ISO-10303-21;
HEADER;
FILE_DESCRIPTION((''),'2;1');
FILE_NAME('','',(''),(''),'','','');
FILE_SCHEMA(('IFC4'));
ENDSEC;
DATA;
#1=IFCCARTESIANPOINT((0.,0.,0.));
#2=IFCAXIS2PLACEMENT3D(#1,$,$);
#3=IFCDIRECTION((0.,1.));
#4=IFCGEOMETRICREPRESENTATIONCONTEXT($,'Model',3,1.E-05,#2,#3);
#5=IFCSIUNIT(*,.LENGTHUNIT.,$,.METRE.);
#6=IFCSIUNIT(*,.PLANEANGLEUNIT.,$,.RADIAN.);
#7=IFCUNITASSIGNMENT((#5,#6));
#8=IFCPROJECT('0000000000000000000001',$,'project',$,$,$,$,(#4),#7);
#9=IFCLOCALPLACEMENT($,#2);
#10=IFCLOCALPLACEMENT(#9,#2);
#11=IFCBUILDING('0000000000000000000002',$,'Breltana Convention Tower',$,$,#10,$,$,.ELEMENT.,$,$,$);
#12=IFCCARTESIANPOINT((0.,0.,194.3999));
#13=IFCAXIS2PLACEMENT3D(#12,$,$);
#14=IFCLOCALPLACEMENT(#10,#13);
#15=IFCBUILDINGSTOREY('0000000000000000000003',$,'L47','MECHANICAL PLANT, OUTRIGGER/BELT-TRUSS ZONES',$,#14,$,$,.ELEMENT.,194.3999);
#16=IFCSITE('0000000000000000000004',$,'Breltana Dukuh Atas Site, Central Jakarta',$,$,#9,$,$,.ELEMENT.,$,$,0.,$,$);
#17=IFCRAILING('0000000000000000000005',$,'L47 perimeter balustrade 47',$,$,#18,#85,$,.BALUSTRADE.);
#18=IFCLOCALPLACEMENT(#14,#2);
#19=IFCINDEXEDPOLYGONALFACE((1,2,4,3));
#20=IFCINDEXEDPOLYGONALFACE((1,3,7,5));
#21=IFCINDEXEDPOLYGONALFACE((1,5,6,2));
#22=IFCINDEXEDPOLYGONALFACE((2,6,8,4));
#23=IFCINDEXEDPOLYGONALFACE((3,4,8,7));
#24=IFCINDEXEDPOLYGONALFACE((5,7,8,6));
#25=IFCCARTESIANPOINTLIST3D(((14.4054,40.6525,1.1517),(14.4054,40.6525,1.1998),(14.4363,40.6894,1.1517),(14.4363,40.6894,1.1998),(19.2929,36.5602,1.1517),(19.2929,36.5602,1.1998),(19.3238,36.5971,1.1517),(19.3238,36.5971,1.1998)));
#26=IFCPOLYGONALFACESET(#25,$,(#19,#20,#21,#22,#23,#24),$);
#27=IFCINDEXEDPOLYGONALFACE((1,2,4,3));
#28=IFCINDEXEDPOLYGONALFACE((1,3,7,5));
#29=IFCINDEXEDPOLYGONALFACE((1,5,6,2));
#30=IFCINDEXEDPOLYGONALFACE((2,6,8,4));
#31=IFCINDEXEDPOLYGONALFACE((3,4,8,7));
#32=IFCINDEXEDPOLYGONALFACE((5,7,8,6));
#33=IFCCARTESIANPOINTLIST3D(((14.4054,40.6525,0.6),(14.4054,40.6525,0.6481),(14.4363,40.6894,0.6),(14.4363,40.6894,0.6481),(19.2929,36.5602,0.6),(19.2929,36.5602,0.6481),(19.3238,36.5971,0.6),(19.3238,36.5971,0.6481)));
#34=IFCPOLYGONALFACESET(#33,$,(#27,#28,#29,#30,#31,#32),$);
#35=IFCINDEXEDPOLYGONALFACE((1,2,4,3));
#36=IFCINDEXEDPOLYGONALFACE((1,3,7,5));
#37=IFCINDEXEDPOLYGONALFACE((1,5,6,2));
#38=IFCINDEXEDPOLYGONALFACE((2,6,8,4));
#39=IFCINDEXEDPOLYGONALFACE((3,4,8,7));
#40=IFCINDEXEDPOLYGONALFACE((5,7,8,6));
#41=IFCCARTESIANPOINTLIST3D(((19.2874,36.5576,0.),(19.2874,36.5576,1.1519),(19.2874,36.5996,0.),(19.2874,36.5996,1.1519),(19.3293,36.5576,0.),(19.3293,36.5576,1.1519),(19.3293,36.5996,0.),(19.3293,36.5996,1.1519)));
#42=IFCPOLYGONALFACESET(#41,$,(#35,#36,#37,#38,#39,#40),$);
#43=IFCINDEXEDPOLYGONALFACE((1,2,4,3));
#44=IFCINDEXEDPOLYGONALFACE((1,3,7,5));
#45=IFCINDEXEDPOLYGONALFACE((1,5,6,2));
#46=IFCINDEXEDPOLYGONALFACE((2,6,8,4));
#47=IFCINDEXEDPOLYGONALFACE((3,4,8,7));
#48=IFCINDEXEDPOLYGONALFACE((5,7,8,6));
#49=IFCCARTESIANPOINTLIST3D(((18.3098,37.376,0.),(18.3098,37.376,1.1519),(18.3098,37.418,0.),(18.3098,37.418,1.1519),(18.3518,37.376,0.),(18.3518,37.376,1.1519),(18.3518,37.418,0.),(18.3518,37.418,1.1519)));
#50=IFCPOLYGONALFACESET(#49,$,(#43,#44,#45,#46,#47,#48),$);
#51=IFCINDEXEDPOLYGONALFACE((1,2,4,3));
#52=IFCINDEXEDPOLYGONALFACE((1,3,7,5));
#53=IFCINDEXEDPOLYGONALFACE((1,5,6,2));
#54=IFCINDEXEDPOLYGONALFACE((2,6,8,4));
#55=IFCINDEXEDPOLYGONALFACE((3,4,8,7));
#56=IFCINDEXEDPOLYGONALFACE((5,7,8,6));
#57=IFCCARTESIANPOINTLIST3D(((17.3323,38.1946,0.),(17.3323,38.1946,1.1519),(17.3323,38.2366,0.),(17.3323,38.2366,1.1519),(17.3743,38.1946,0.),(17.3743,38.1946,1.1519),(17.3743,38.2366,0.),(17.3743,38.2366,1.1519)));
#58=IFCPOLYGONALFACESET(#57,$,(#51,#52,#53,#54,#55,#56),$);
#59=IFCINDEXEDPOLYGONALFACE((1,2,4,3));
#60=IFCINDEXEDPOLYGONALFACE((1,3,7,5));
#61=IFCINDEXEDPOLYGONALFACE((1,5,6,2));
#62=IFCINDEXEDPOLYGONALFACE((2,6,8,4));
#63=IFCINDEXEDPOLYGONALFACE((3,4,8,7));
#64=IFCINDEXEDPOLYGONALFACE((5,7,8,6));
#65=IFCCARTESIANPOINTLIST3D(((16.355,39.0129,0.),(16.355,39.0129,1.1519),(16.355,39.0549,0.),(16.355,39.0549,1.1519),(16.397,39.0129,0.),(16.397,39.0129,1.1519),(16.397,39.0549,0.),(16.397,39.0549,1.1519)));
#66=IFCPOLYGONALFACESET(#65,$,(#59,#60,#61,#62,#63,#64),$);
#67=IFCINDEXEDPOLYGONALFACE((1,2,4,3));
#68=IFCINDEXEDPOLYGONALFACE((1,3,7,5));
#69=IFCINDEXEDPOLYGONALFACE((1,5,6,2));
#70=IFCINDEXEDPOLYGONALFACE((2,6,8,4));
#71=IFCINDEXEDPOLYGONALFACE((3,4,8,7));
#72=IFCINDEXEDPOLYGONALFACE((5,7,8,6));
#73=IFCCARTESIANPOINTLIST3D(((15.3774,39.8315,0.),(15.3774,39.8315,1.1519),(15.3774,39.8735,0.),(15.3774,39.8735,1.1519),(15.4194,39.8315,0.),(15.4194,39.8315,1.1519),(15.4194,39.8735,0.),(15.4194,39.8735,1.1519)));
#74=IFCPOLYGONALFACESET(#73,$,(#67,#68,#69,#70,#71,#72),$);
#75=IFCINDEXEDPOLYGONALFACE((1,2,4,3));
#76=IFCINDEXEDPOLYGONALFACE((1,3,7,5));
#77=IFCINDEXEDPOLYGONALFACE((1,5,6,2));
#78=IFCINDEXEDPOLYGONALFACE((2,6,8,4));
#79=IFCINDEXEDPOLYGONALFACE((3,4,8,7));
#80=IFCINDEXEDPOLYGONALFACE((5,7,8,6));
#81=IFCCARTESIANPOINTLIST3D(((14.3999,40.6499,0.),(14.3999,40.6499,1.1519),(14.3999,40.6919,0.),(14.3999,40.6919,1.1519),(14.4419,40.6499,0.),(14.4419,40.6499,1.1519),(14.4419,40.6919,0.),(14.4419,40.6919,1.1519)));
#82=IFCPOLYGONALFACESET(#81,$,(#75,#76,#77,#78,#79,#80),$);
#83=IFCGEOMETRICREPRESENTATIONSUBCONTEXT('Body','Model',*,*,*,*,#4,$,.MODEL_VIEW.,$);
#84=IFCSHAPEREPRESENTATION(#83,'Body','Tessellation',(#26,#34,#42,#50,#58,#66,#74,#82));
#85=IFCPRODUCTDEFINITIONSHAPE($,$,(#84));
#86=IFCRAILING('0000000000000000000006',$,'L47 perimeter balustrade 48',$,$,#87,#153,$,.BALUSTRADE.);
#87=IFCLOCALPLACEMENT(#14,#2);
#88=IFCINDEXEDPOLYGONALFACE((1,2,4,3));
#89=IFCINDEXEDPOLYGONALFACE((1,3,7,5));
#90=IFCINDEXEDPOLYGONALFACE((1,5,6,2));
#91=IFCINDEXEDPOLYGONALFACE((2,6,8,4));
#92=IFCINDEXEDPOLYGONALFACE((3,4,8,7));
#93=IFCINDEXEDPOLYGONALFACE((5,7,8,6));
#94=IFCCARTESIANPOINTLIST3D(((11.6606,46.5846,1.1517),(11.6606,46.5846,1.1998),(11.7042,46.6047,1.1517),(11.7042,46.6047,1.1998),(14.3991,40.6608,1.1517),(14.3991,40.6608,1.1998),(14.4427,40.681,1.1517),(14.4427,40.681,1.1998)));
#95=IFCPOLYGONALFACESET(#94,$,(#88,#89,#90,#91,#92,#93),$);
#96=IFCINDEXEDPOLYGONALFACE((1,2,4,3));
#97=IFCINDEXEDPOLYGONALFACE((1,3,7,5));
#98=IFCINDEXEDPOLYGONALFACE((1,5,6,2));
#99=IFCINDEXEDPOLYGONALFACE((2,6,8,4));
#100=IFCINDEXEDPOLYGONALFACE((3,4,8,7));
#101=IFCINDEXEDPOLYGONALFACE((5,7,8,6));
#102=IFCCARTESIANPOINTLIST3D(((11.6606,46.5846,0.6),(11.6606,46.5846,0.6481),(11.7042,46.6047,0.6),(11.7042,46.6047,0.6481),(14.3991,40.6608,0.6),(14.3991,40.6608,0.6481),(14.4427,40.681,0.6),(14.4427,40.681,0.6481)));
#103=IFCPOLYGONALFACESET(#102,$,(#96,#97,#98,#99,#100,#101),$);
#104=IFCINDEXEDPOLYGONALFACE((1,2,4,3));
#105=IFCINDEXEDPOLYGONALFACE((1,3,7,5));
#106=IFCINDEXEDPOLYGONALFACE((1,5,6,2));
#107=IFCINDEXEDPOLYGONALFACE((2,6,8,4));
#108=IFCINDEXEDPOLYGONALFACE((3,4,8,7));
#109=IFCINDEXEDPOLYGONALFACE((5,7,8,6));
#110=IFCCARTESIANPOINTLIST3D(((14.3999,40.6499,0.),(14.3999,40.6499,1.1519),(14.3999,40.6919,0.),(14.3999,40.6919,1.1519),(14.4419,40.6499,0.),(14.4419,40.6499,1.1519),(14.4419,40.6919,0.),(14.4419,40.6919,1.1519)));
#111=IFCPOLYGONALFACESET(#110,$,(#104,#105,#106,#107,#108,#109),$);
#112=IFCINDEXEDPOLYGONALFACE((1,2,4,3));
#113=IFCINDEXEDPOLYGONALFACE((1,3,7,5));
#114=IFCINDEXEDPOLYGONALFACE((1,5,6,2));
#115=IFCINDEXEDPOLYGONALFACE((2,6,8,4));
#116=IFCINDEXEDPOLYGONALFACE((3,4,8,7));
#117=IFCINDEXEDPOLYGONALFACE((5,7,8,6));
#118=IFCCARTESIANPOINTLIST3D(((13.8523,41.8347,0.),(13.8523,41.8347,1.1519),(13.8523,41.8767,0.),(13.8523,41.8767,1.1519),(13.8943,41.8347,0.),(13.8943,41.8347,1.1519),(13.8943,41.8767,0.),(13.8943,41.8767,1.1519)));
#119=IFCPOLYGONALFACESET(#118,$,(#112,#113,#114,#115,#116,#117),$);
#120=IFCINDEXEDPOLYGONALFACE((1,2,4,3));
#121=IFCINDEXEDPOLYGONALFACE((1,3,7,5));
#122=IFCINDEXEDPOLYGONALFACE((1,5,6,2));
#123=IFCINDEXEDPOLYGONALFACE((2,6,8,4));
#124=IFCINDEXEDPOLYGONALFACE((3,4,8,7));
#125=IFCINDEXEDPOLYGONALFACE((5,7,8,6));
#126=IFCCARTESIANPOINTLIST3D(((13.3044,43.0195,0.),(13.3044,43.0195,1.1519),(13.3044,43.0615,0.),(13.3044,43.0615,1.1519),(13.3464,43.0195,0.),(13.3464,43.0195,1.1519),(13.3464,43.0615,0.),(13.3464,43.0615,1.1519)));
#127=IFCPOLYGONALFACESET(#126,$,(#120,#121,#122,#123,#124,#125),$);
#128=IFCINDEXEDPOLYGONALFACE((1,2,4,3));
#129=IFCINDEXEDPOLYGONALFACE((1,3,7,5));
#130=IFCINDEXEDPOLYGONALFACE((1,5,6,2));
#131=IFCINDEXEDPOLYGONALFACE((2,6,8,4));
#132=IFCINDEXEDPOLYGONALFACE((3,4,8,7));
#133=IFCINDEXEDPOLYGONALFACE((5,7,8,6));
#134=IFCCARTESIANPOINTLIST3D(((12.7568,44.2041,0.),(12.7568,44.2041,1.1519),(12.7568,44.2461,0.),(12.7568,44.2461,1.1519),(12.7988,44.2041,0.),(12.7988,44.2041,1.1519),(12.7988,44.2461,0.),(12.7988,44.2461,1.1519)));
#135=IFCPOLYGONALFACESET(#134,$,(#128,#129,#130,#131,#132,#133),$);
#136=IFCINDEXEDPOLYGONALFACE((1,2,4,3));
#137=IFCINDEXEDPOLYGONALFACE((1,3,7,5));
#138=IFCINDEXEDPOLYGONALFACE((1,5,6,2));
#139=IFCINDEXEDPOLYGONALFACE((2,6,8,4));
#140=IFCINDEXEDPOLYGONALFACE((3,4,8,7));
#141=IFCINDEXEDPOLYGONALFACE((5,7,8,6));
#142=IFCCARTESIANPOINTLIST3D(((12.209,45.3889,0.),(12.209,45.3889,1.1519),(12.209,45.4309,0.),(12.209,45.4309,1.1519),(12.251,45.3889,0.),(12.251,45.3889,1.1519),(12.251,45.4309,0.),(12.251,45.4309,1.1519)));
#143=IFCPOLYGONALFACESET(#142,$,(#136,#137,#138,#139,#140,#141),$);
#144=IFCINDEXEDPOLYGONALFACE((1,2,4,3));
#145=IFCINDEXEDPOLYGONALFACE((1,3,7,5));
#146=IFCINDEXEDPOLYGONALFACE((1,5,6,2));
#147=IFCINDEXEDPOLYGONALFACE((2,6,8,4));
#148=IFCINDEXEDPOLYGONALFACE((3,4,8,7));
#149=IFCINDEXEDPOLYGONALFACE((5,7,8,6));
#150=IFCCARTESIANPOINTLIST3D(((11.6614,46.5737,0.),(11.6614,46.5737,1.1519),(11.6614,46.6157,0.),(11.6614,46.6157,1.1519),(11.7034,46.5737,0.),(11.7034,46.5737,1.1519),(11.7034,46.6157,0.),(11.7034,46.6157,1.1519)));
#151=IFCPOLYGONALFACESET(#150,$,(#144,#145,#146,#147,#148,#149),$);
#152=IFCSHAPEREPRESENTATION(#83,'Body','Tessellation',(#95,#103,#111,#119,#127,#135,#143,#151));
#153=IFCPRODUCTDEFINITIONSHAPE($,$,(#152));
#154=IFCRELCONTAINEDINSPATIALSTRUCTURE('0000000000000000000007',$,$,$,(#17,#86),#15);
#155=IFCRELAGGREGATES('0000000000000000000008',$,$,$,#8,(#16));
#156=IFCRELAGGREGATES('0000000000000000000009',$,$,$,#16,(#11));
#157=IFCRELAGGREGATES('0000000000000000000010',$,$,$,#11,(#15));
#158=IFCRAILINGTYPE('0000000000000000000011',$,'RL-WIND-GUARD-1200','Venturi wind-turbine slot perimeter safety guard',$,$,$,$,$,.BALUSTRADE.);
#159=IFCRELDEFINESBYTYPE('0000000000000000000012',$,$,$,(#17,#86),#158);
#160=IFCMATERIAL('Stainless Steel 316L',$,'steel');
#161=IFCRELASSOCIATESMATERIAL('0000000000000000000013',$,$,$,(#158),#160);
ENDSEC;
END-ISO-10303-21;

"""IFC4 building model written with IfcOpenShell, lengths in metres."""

from ifc_helpers import new_model, si_unit, direction, frame, origin, origin_2d, place, context, subcontext, project, spatial, rectangle, extrude, material, type_object, element, save


model = new_model("IFC4")

# Units and contexts
model_context = context("Model", 3, precision=1e-05, world=origin(), true_north=direction((0.0, 1.0)))
body_context = subcontext(model_context, "Body", "Model", "MODEL_VIEW")
ifc_project = project(units=[si_unit("LENGTHUNIT", "METRE"), si_unit("PLANEANGLEUNIT", "RADIAN")], contexts=[model_context])

# Site, building, storey
site_placement = place(None, origin())
site = spatial("IfcSite", under=ifc_project, at=site_placement, Name="Breltana Dukuh Atas Site, Central Jakarta", CompositionType="ELEMENT", RefElevation=0.0)
building_placement = place(site_placement, origin())
building = spatial("IfcBuilding", under=site, at=building_placement, Name="Breltana Convention Tower", CompositionType="ELEMENT")
storey_placement = place(building_placement, frame((0.0, 0.0, 194.3999)))
storey = spatial("IfcBuildingStorey", under=building, at=storey_placement, Name="L47", Description="MECHANICAL PLANT, OUTRIGGER/BELT-TRUSS ZONES", CompositionType="ELEMENT", Elevation=194.3999)

# Railings
ifc_material_1 = material(Name="Stainless Steel 316L", Category="steel")
railing_type = type_object("IfcRailingType", Name="RL-WIND-GUARD-1200", Description="Venturi wind-turbine slot perimeter safety guard", PredefinedType="BALUSTRADE", material=ifc_material_1)
railing_1_placement = place(storey_placement, frame((19.3083, 36.5786, 0.0)))
element("IfcRailing", 1, at=railing_1_placement, inside=storey, type_object=railing_type, Name="L47 perimeter balustrade 47", PredefinedType="BALUSTRADE", context=body_context, shape_type="SweptSolid", body=[
    extrude(rectangle(XDim=0.0481, YDim=0.0481, at=origin_2d()), frame((0.0, 0.0, 1.1758), z_axis=(-0.766722, 0.64198, 0.0), x_axis=(-0.64198, -0.766722, 0.0)), (0.0, 0.0, 1.0), 6.3745),
    extrude(rectangle(XDim=0.0481, YDim=0.0481, at=origin_2d()), frame((0.0, 0.0, 0.624), z_axis=(-0.766722, 0.64198, 0.0), x_axis=(-0.64198, -0.766722, 0.0)), (0.0, 0.0, 1.0), 6.3745),
    extrude(rectangle(XDim=0.042, YDim=0.042, at=origin_2d()), origin(), (0.0, 0.0, 1.0), 1.1519),
    extrude(rectangle(XDim=0.042, YDim=0.042, at=origin_2d()), frame((-0.9775, 0.8184, 0.0)), (0.0, 0.0, 1.0), 1.1519),
    extrude(rectangle(XDim=0.042, YDim=0.042, at=origin_2d()), frame((-1.9551, 1.637, 0.0)), (0.0, 0.0, 1.0), 1.1519),
    extrude(rectangle(XDim=0.042, YDim=0.042, at=origin_2d()), frame((-2.9324, 2.4553, 0.0)), (0.0, 0.0, 1.0), 1.1519),
    extrude(rectangle(XDim=0.042, YDim=0.042, at=origin_2d()), frame((-3.9099, 3.2739, 0.0)), (0.0, 0.0, 1.0), 1.1519),
    extrude(rectangle(XDim=0.042, YDim=0.042, at=origin_2d()), frame((-4.8875, 4.0923, 0.0)), (0.0, 0.0, 1.0), 1.1519),
])
railing_2_placement = place(storey_placement, frame((14.4209, 40.6709, 0.0)))
element("IfcRailing", 2, at=railing_2_placement, inside=storey, type_object=railing_type, Name="L47 perimeter balustrade 48", PredefinedType="BALUSTRADE", context=body_context, shape_type="SweptSolid", body=[
    extrude(rectangle(XDim=0.0481, YDim=0.0481, at=origin_2d()), frame((0.0, 0.0, 1.1758), z_axis=(-0.41962, 0.9077, 0.0), x_axis=(-0.9077, -0.41962, 0.0)), (0.0, 0.0, 1.0), 6.5261),
    extrude(rectangle(XDim=0.0481, YDim=0.0481, at=origin_2d()), frame((0.0, 0.0, 0.624), z_axis=(-0.41962, 0.9077, 0.0), x_axis=(-0.9077, -0.41962, 0.0)), (0.0, 0.0, 1.0), 6.5261),
    extrude(rectangle(XDim=0.042, YDim=0.042, at=origin_2d()), origin(), (0.0, 0.0, 1.0), 1.1519),
    extrude(rectangle(XDim=0.042, YDim=0.042, at=origin_2d()), frame((-0.5476, 1.1848, 0.0)), (0.0, 0.0, 1.0), 1.1519),
    extrude(rectangle(XDim=0.042, YDim=0.042, at=origin_2d()), frame((-1.0955, 2.3696, 0.0)), (0.0, 0.0, 1.0), 1.1519),
    extrude(rectangle(XDim=0.042, YDim=0.042, at=origin_2d()), frame((-1.6431, 3.5542, 0.0)), (0.0, 0.0, 1.0), 1.1519),
    extrude(rectangle(XDim=0.042, YDim=0.042, at=origin_2d()), frame((-2.1909, 4.739, 0.0)), (0.0, 0.0, 1.0), 1.1519),
    extrude(rectangle(XDim=0.042, YDim=0.042, at=origin_2d()), frame((-2.7385, 5.9238, 0.0)), (0.0, 0.0, 1.0), 1.1519),
])

save(model, "model.ifc")
